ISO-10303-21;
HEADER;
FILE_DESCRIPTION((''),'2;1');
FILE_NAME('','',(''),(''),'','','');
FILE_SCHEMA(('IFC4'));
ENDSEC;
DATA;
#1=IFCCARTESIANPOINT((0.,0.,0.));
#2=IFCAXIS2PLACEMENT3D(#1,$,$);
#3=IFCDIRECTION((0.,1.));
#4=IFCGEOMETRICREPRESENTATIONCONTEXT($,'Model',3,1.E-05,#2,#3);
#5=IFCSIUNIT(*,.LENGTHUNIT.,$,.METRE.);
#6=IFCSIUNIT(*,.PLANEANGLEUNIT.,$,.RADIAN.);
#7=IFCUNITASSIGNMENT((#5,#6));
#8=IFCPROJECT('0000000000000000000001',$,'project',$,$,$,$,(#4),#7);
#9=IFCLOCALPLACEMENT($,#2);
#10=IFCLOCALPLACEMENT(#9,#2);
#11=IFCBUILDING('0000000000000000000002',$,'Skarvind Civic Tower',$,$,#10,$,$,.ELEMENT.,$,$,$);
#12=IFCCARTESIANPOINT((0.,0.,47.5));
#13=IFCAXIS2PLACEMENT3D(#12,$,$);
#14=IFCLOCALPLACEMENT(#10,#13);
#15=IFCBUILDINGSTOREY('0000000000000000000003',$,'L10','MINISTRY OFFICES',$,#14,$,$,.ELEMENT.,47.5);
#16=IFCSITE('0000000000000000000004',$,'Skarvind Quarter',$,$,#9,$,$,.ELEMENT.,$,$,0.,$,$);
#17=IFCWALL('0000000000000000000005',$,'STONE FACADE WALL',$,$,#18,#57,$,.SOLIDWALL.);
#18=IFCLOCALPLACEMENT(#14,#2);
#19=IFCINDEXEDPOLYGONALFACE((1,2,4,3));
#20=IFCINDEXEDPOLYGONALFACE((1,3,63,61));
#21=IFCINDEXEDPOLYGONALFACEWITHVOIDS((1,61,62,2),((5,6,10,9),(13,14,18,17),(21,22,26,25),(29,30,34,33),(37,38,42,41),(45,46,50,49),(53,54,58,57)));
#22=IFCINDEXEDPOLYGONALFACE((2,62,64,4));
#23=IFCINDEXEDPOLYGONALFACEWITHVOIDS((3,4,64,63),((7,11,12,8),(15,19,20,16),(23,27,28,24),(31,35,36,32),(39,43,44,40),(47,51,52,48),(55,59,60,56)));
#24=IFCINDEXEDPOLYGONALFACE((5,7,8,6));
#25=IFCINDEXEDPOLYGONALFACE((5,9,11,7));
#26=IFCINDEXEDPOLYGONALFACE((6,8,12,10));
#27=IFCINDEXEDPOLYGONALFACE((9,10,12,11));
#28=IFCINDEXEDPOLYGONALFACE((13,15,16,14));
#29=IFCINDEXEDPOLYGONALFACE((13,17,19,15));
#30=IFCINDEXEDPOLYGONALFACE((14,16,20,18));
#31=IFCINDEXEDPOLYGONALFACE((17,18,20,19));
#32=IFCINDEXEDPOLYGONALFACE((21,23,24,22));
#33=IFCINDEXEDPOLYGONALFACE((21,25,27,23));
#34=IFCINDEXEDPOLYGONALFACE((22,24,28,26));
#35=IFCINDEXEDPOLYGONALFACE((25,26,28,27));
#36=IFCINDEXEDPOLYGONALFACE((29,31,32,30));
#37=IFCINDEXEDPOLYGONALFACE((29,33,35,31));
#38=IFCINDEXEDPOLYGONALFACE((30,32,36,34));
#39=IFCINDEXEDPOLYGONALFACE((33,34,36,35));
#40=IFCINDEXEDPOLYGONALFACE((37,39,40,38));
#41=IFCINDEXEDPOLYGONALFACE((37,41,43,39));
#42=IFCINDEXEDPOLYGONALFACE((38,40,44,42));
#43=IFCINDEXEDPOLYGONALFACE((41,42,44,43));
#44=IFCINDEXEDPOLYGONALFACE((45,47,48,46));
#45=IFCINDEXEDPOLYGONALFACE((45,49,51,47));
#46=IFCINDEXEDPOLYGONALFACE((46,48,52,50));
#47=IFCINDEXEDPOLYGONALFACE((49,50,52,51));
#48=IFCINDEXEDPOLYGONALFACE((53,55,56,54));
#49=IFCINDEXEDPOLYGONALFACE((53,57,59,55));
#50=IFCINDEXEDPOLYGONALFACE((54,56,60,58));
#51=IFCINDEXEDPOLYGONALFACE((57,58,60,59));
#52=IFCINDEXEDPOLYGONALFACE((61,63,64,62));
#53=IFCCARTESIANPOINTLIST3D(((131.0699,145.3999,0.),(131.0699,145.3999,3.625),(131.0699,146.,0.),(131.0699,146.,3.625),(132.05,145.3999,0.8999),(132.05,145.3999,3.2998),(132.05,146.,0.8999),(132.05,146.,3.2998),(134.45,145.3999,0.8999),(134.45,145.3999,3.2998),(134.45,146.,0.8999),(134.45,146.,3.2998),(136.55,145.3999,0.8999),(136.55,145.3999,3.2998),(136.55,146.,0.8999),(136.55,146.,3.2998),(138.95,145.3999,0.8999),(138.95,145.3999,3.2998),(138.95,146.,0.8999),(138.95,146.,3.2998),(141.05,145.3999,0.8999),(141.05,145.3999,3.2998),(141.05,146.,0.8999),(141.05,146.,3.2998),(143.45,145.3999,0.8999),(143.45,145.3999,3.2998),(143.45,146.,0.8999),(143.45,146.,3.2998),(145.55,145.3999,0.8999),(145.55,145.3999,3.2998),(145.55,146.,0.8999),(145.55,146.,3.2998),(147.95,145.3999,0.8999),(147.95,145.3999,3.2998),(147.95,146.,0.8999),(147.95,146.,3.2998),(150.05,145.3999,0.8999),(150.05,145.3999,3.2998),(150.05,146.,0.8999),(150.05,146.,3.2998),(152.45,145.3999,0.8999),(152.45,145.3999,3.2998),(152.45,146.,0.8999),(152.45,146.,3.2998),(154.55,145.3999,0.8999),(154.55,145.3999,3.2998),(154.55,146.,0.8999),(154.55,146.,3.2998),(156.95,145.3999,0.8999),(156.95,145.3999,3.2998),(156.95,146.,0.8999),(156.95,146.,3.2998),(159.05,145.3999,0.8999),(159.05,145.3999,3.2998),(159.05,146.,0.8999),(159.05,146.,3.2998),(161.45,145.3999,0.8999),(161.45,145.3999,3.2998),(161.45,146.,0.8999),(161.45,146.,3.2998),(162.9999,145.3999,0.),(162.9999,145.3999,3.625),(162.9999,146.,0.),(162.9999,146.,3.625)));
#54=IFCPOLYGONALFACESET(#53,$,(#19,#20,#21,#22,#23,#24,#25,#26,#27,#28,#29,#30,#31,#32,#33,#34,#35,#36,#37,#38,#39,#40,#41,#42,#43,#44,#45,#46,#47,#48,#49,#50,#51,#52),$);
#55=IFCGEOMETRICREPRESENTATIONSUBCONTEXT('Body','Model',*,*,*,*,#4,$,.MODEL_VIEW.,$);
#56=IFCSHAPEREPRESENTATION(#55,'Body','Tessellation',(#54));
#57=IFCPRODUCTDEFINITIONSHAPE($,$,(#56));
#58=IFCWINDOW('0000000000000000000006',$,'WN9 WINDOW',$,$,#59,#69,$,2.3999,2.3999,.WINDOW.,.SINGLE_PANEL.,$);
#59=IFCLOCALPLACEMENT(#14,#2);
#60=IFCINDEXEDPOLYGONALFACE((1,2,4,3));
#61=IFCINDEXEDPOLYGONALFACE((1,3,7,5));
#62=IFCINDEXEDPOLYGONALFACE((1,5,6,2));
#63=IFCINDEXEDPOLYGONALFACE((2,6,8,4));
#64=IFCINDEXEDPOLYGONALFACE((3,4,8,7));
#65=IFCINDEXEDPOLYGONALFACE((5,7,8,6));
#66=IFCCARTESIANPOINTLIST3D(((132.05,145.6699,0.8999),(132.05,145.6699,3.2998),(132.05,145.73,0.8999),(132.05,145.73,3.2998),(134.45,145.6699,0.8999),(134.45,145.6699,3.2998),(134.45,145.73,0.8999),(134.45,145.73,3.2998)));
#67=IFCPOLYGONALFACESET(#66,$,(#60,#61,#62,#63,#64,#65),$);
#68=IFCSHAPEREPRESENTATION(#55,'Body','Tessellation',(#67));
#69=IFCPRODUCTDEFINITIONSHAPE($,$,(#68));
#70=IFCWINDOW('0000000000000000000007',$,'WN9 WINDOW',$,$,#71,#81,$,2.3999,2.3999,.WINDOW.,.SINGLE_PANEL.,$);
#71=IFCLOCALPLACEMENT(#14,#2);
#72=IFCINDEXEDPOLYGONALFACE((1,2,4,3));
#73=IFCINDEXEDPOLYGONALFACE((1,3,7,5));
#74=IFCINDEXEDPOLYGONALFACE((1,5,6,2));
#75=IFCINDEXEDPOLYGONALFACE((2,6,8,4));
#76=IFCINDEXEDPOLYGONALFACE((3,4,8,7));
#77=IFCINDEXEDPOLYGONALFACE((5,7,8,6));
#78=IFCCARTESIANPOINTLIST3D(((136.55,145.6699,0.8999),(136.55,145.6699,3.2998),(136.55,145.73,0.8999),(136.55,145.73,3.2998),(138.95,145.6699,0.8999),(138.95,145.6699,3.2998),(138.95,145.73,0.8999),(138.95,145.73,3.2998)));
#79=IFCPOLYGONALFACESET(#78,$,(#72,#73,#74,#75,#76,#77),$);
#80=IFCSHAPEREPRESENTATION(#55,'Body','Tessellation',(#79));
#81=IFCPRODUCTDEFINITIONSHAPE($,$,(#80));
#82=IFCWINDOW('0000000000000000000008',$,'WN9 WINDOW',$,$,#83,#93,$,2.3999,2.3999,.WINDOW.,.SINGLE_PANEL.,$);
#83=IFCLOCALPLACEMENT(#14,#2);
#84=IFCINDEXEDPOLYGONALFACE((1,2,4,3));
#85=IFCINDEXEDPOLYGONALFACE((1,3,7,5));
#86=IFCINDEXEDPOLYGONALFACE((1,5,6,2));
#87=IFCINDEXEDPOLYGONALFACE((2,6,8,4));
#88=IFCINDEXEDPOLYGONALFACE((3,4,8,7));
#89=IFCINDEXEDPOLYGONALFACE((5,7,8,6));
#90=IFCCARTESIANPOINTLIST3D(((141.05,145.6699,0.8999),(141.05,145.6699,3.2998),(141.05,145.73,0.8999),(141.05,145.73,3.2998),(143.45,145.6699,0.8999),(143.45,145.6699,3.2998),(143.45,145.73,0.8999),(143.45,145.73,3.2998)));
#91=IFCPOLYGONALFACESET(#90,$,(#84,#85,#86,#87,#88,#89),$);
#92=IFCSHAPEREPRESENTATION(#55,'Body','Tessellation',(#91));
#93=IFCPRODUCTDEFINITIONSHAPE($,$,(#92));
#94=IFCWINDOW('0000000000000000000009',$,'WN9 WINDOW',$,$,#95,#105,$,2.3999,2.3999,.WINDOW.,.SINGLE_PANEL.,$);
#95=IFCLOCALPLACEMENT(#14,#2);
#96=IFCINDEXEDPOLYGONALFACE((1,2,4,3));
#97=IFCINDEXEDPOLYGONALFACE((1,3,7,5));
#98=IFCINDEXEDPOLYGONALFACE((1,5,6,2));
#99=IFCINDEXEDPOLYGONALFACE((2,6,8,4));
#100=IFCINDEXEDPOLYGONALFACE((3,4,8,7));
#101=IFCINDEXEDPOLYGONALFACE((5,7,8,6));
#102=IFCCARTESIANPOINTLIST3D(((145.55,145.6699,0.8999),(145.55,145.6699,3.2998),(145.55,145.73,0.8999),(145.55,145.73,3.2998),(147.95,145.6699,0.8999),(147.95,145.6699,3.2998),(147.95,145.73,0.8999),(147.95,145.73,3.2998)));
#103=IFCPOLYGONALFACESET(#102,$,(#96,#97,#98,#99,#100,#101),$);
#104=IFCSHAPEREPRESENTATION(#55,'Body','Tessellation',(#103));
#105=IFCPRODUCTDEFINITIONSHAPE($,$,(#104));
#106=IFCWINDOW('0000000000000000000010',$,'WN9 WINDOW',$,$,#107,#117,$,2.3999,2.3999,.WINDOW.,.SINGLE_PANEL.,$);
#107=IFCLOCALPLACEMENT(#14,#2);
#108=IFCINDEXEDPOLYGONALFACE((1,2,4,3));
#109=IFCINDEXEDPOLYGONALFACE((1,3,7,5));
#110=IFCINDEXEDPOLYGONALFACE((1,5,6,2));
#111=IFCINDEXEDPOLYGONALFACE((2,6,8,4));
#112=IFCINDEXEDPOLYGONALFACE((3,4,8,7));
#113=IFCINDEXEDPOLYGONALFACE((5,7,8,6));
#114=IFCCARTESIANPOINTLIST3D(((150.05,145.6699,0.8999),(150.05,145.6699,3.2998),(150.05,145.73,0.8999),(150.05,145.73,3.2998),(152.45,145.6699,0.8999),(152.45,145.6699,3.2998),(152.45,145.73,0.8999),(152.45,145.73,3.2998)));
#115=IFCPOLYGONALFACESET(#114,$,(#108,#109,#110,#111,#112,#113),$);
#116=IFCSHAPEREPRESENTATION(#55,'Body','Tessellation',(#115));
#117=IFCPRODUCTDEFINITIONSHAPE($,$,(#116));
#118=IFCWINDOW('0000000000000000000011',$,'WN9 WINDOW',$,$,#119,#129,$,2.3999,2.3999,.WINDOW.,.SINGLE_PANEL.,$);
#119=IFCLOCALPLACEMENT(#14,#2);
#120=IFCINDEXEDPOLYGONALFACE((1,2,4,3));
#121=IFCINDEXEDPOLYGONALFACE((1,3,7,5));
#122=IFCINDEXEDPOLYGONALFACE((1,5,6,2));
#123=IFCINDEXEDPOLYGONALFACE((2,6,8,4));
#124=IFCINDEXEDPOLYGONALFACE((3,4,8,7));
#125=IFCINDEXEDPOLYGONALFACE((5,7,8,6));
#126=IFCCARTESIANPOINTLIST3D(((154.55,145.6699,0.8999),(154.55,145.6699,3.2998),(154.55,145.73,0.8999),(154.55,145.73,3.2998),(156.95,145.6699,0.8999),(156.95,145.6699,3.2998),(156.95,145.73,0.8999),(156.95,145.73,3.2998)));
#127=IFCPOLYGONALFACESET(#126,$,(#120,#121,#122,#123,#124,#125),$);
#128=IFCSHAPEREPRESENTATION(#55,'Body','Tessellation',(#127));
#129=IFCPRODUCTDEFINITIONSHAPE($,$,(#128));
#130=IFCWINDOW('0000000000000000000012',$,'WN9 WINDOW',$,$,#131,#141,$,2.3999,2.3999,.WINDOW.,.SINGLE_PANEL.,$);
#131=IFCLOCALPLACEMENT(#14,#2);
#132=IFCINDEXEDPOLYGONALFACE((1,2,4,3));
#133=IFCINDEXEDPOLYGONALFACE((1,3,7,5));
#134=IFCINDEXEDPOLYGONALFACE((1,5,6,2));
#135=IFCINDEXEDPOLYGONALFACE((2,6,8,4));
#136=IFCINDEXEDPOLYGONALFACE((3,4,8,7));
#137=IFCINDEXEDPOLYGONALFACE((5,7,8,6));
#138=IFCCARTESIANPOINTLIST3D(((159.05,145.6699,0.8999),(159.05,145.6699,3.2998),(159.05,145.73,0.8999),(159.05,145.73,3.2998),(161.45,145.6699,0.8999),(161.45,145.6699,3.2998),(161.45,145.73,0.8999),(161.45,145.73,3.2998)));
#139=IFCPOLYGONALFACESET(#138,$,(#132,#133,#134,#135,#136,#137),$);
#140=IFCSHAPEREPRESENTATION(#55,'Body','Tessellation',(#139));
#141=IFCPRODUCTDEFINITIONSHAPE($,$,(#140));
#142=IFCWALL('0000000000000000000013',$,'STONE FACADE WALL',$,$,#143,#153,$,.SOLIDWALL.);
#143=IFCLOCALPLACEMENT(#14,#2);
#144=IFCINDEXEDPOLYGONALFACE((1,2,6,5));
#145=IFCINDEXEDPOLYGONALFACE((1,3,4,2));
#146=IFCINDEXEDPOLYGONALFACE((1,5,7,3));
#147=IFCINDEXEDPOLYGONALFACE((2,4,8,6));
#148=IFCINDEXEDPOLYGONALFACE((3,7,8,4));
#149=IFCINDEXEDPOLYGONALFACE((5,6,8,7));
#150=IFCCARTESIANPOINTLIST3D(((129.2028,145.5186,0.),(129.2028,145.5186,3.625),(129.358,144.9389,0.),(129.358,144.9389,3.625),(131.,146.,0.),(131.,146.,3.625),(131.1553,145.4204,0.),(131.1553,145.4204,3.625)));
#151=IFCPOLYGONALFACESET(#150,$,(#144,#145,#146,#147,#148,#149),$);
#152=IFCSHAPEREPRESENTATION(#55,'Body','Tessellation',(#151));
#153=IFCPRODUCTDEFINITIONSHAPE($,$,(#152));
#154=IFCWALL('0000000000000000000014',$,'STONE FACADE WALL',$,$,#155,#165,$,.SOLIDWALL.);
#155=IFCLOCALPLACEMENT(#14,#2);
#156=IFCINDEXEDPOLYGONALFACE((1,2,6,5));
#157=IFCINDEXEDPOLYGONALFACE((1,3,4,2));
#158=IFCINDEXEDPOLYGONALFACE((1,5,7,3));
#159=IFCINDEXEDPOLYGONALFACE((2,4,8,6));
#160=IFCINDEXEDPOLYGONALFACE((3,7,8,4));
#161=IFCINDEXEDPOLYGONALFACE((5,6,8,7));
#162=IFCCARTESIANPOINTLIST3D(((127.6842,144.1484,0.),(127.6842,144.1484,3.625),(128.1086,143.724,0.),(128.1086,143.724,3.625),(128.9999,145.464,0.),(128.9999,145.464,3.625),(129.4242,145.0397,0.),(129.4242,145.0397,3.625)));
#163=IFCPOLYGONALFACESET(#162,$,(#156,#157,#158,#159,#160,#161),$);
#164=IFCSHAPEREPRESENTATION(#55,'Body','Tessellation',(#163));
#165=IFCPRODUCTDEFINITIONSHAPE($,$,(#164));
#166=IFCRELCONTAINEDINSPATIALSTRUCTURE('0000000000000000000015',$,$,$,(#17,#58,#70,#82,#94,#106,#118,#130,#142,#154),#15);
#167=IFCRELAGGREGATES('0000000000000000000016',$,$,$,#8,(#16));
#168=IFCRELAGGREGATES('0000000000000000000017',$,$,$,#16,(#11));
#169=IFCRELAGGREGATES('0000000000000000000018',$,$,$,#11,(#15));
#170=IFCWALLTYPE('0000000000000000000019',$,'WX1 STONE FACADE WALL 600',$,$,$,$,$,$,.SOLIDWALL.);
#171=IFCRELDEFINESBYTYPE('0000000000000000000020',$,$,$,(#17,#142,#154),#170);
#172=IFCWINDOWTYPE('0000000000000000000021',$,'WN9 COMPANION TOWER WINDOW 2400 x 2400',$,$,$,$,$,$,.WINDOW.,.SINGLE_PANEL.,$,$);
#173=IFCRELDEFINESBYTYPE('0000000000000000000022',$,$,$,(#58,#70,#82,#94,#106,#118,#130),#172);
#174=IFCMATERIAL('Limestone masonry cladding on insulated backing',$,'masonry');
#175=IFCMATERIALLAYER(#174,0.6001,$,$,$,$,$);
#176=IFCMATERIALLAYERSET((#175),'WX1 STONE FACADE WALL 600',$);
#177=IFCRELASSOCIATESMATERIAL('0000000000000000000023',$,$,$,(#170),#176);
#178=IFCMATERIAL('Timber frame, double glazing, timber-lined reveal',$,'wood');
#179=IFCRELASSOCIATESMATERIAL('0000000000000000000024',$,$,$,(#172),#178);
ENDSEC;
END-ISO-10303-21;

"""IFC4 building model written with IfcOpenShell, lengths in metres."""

from ifc_helpers import new_model, si_unit, direction, frame, frame_2d, origin, place, context, subcontext, project, spatial, rectangle, extrude, material, layer, layer_set, type_object, element, fill, save


model = new_model("IFC4")

# Units and contexts
model_context = context("Model", 3, precision=1e-05, world=origin(), true_north=direction((0.0, 1.0)))
body_context = subcontext(model_context, "Body", "Model", "MODEL_VIEW")
ifc_project = project(units=[si_unit("LENGTHUNIT", "METRE"), si_unit("PLANEANGLEUNIT", "RADIAN")], contexts=[model_context])

# Site, building, storey
site_placement = place(None, origin())
site = spatial("IfcSite", under=ifc_project, at=site_placement, Name="Skarvind Quarter", CompositionType="ELEMENT", RefElevation=0.0)
building_placement = place(site_placement, origin())
building = spatial("IfcBuilding", under=site, at=building_placement, Name="Skarvind Civic Tower", CompositionType="ELEMENT")
storey_placement = place(building_placement, frame((0.0, 0.0, 47.5)))
storey = spatial("IfcBuildingStorey", under=building, at=storey_placement, Name="L10", Description="MINISTRY OFFICES", CompositionType="ELEMENT", Elevation=47.5)

# Wall, openings, windows
ifc_material_1 = material(Name="Limestone masonry cladding on insulated backing", Category="masonry")
ifc_layer_1 = layer(ifc_material_1, 0.6001)
ifc_layer_set_1 = layer_set([ifc_layer_1], Name="WX1 STONE FACADE WALL 600")
wall_type_1 = type_object("IfcWallType", Name="WX1 STONE FACADE WALL 600", PredefinedType="SOLIDWALL", material=ifc_layer_set_1)
wall_1_placement = place(storey_placement, frame((131.0701, 145.7, 0.0), z_axis=(0.0, 0.0, 1.0), x_axis=(1.0, 0.0, 0.0)))
wall_1 = element("IfcWall", 1, at=wall_1_placement, inside=storey, type_object=wall_type_1, Name="STONE FACADE WALL", PredefinedType="SOLIDWALL", context=body_context, shape_type="SweptSolid", body=[
    extrude(rectangle(XDim=31.9299, YDim=0.6001, at=frame_2d((15.9648, 0.0))), origin(), (0.0, 0.0, 1.0), 3.625),
])
opening_1_placement = place(wall_1_placement, frame((0.98, 0.0, 0.8999)))
opening_1 = element("IfcOpeningElement", 2, at=opening_1_placement, cuts=wall_1, PredefinedType="OPENING", context=body_context, shape_type="SweptSolid", body=[
    extrude(rectangle(XDim=2.3999, YDim=2.3999, at=frame_2d((1.2, 1.2))), frame((0.0, 0.3101, 0.0), z_axis=(0.0, -1.0, 0.0), x_axis=(1.0, 0.0, 0.0)), (0.0, 0.0, 1.0), 0.6201),
])
opening_2_placement = place(wall_1_placement, frame((5.48, 0.0, 0.8999)))
opening_2 = element("IfcOpeningElement", 3, at=opening_2_placement, cuts=wall_1, PredefinedType="OPENING", context=body_context, shape_type="SweptSolid", body=[
    extrude(rectangle(XDim=2.3999, YDim=2.3999, at=frame_2d((1.2, 1.2))), frame((0.0, 0.3101, 0.0), z_axis=(0.0, -1.0, 0.0), x_axis=(1.0, 0.0, 0.0)), (0.0, 0.0, 1.0), 0.6201),
])
opening_3_placement = place(wall_1_placement, frame((9.98, 0.0, 0.8999)))
opening_3 = element("IfcOpeningElement", 4, at=opening_3_placement, cuts=wall_1, PredefinedType="OPENING", context=body_context, shape_type="SweptSolid", body=[
    extrude(rectangle(XDim=2.3999, YDim=2.3999, at=frame_2d((1.2, 1.2))), frame((0.0, 0.3101, 0.0), z_axis=(0.0, -1.0, 0.0), x_axis=(1.0, 0.0, 0.0)), (0.0, 0.0, 1.0), 0.6201),
])
opening_4_placement = place(wall_1_placement, frame((14.48, 0.0, 0.8999)))
opening_4 = element("IfcOpeningElement", 5, at=opening_4_placement, cuts=wall_1, PredefinedType="OPENING", context=body_context, shape_type="SweptSolid", body=[
    extrude(rectangle(XDim=2.3999, YDim=2.3999, at=frame_2d((1.2, 1.2))), frame((0.0, 0.3101, 0.0), z_axis=(0.0, -1.0, 0.0), x_axis=(1.0, 0.0, 0.0)), (0.0, 0.0, 1.0), 0.6201),
])
opening_5_placement = place(wall_1_placement, frame((18.98, 0.0, 0.8999)))
opening_5 = element("IfcOpeningElement", 6, at=opening_5_placement, cuts=wall_1, PredefinedType="OPENING", context=body_context, shape_type="SweptSolid", body=[
    extrude(rectangle(XDim=2.3999, YDim=2.3999, at=frame_2d((1.2, 1.2))), frame((0.0, 0.3101, 0.0), z_axis=(0.0, -1.0, 0.0), x_axis=(1.0, 0.0, 0.0)), (0.0, 0.0, 1.0), 0.6201),
])
opening_6_placement = place(wall_1_placement, frame((23.48, 0.0, 0.8999)))
opening_6 = element("IfcOpeningElement", 7, at=opening_6_placement, cuts=wall_1, PredefinedType="OPENING", context=body_context, shape_type="SweptSolid", body=[
    extrude(rectangle(XDim=2.3999, YDim=2.3999, at=frame_2d((1.2, 1.2))), frame((0.0, 0.3101, 0.0), z_axis=(0.0, -1.0, 0.0), x_axis=(1.0, 0.0, 0.0)), (0.0, 0.0, 1.0), 0.6201),
])
opening_7_placement = place(wall_1_placement, frame((27.98, 0.0, 0.8999)))
opening_7 = element("IfcOpeningElement", 8, at=opening_7_placement, cuts=wall_1, PredefinedType="OPENING", context=body_context, shape_type="SweptSolid", body=[
    extrude(rectangle(XDim=2.3999, YDim=2.3999, at=frame_2d((1.2, 1.2))), frame((0.0, 0.3101, 0.0), z_axis=(0.0, -1.0, 0.0), x_axis=(1.0, 0.0, 0.0)), (0.0, 0.0, 1.0), 0.6201),
])
ifc_material_2 = material(Name="Timber frame, double glazing, timber-lined reveal", Category="wood")
window_type = type_object("IfcWindowType", Name="WN9 COMPANION TOWER WINDOW 2400 x 2400", PartitioningType="SINGLE_PANEL", PredefinedType="WINDOW", material=ifc_material_2)
window_1_placement = place(opening_1_placement, origin())
window_1 = element("IfcWindow", 9, at=window_1_placement, inside=storey, type_object=window_type, Name="WN9 WINDOW", OverallHeight=2.3999, OverallWidth=2.3999, PartitioningType="SINGLE_PANEL", PredefinedType="WINDOW", context=body_context, shape_type="SweptSolid", body=[
    extrude(rectangle(XDim=2.3999, YDim=2.3999, at=frame_2d((1.2, 1.2))), frame((0.0, 0.03, 0.0), z_axis=(0.0, -1.0, 0.0), x_axis=(1.0, 0.0, 0.0)), (0.0, 0.0, 1.0), 0.0601),
])
fill(opening_1, window_1)
window_2_placement = place(opening_2_placement, origin())
window_2 = element("IfcWindow", 10, at=window_2_placement, inside=storey, type_object=window_type, Name="WN9 WINDOW", OverallHeight=2.3999, OverallWidth=2.3999, PartitioningType="SINGLE_PANEL", PredefinedType="WINDOW", context=body_context, shape_type="SweptSolid", body=[
    extrude(rectangle(XDim=2.3999, YDim=2.3999, at=frame_2d((1.2, 1.2))), frame((0.0, 0.03, 0.0), z_axis=(0.0, -1.0, 0.0), x_axis=(1.0, 0.0, 0.0)), (0.0, 0.0, 1.0), 0.0601),
])
fill(opening_2, window_2)
window_3_placement = place(opening_3_placement, origin())
window_3 = element("IfcWindow", 11, at=window_3_placement, inside=storey, type_object=window_type, Name="WN9 WINDOW", OverallHeight=2.3999, OverallWidth=2.3999, PartitioningType="SINGLE_PANEL", PredefinedType="WINDOW", context=body_context, shape_type="SweptSolid", body=[
    extrude(rectangle(XDim=2.3999, YDim=2.3999, at=frame_2d((1.2, 1.2))), frame((0.0, 0.03, 0.0), z_axis=(0.0, -1.0, 0.0), x_axis=(1.0, 0.0, 0.0)), (0.0, 0.0, 1.0), 0.0601),
])
fill(opening_3, window_3)
window_4_placement = place(opening_4_placement, origin())
window_4 = element("IfcWindow", 12, at=window_4_placement, inside=storey, type_object=window_type, Name="WN9 WINDOW", OverallHeight=2.3999, OverallWidth=2.3999, PartitioningType="SINGLE_PANEL", PredefinedType="WINDOW", context=body_context, shape_type="SweptSolid", body=[
    extrude(rectangle(XDim=2.3999, YDim=2.3999, at=frame_2d((1.2, 1.2))), frame((0.0, 0.03, 0.0), z_axis=(0.0, -1.0, 0.0), x_axis=(1.0, 0.0, 0.0)), (0.0, 0.0, 1.0), 0.0601),
])
fill(opening_4, window_4)
window_5_placement = place(opening_5_placement, origin())
window_5 = element("IfcWindow", 13, at=window_5_placement, inside=storey, type_object=window_type, Name="WN9 WINDOW", OverallHeight=2.3999, OverallWidth=2.3999, PartitioningType="SINGLE_PANEL", PredefinedType="WINDOW", context=body_context, shape_type="SweptSolid", body=[
    extrude(rectangle(XDim=2.3999, YDim=2.3999, at=frame_2d((1.2, 1.2))), frame((0.0, 0.03, 0.0), z_axis=(0.0, -1.0, 0.0), x_axis=(1.0, 0.0, 0.0)), (0.0, 0.0, 1.0), 0.0601),
])
fill(opening_5, window_5)
window_6_placement = place(opening_6_placement, origin())
window_6 = element("IfcWindow", 14, at=window_6_placement, inside=storey, type_object=window_type, Name="WN9 WINDOW", OverallHeight=2.3999, OverallWidth=2.3999, PartitioningType="SINGLE_PANEL", PredefinedType="WINDOW", context=body_context, shape_type="SweptSolid", body=[
    extrude(rectangle(XDim=2.3999, YDim=2.3999, at=frame_2d((1.2, 1.2))), frame((0.0, 0.03, 0.0), z_axis=(0.0, -1.0, 0.0), x_axis=(1.0, 0.0, 0.0)), (0.0, 0.0, 1.0), 0.0601),
])
fill(opening_6, window_6)
window_7_placement = place(opening_7_placement, origin())
window_7 = element("IfcWindow", 15, at=window_7_placement, inside=storey, type_object=window_type, Name="WN9 WINDOW", OverallHeight=2.3999, OverallWidth=2.3999, PartitioningType="SINGLE_PANEL", PredefinedType="WINDOW", context=body_context, shape_type="SweptSolid", body=[
    extrude(rectangle(XDim=2.3999, YDim=2.3999, at=frame_2d((1.2, 1.2))), frame((0.0, 0.03, 0.0), z_axis=(0.0, -1.0, 0.0), x_axis=(1.0, 0.0, 0.0)), (0.0, 0.0, 1.0), 0.0601),
])
fill(opening_7, window_7)

# Walls
for number, where, z_axis, x_axis, name in (
    (16, (129.2805, 145.2288, 0.0), (0.0, 0.0, 1.0), (0.965938, 0.258773, 0.0), "STONE FACADE WALL"),
    (17, (127.8965, 143.9363, 0.0), (0.0, 0.0, 1.0), (0.707107, 0.707107, 0.0), "STONE FACADE WALL"),
):
    element("IfcWall", number, at=place(storey_placement, frame(where, z_axis=z_axis, x_axis=x_axis)), inside=storey, type_object=wall_type_1, Name=name, PredefinedType="SOLIDWALL", context=body_context, shape_type="SweptSolid", body=[
        extrude(rectangle(XDim=1.8606, YDim=0.6001, at=frame_2d((0.9302, 0.0))), origin(), (0.0, 0.0, 1.0), 3.625),
    ])

save(model, "model.ifc")
